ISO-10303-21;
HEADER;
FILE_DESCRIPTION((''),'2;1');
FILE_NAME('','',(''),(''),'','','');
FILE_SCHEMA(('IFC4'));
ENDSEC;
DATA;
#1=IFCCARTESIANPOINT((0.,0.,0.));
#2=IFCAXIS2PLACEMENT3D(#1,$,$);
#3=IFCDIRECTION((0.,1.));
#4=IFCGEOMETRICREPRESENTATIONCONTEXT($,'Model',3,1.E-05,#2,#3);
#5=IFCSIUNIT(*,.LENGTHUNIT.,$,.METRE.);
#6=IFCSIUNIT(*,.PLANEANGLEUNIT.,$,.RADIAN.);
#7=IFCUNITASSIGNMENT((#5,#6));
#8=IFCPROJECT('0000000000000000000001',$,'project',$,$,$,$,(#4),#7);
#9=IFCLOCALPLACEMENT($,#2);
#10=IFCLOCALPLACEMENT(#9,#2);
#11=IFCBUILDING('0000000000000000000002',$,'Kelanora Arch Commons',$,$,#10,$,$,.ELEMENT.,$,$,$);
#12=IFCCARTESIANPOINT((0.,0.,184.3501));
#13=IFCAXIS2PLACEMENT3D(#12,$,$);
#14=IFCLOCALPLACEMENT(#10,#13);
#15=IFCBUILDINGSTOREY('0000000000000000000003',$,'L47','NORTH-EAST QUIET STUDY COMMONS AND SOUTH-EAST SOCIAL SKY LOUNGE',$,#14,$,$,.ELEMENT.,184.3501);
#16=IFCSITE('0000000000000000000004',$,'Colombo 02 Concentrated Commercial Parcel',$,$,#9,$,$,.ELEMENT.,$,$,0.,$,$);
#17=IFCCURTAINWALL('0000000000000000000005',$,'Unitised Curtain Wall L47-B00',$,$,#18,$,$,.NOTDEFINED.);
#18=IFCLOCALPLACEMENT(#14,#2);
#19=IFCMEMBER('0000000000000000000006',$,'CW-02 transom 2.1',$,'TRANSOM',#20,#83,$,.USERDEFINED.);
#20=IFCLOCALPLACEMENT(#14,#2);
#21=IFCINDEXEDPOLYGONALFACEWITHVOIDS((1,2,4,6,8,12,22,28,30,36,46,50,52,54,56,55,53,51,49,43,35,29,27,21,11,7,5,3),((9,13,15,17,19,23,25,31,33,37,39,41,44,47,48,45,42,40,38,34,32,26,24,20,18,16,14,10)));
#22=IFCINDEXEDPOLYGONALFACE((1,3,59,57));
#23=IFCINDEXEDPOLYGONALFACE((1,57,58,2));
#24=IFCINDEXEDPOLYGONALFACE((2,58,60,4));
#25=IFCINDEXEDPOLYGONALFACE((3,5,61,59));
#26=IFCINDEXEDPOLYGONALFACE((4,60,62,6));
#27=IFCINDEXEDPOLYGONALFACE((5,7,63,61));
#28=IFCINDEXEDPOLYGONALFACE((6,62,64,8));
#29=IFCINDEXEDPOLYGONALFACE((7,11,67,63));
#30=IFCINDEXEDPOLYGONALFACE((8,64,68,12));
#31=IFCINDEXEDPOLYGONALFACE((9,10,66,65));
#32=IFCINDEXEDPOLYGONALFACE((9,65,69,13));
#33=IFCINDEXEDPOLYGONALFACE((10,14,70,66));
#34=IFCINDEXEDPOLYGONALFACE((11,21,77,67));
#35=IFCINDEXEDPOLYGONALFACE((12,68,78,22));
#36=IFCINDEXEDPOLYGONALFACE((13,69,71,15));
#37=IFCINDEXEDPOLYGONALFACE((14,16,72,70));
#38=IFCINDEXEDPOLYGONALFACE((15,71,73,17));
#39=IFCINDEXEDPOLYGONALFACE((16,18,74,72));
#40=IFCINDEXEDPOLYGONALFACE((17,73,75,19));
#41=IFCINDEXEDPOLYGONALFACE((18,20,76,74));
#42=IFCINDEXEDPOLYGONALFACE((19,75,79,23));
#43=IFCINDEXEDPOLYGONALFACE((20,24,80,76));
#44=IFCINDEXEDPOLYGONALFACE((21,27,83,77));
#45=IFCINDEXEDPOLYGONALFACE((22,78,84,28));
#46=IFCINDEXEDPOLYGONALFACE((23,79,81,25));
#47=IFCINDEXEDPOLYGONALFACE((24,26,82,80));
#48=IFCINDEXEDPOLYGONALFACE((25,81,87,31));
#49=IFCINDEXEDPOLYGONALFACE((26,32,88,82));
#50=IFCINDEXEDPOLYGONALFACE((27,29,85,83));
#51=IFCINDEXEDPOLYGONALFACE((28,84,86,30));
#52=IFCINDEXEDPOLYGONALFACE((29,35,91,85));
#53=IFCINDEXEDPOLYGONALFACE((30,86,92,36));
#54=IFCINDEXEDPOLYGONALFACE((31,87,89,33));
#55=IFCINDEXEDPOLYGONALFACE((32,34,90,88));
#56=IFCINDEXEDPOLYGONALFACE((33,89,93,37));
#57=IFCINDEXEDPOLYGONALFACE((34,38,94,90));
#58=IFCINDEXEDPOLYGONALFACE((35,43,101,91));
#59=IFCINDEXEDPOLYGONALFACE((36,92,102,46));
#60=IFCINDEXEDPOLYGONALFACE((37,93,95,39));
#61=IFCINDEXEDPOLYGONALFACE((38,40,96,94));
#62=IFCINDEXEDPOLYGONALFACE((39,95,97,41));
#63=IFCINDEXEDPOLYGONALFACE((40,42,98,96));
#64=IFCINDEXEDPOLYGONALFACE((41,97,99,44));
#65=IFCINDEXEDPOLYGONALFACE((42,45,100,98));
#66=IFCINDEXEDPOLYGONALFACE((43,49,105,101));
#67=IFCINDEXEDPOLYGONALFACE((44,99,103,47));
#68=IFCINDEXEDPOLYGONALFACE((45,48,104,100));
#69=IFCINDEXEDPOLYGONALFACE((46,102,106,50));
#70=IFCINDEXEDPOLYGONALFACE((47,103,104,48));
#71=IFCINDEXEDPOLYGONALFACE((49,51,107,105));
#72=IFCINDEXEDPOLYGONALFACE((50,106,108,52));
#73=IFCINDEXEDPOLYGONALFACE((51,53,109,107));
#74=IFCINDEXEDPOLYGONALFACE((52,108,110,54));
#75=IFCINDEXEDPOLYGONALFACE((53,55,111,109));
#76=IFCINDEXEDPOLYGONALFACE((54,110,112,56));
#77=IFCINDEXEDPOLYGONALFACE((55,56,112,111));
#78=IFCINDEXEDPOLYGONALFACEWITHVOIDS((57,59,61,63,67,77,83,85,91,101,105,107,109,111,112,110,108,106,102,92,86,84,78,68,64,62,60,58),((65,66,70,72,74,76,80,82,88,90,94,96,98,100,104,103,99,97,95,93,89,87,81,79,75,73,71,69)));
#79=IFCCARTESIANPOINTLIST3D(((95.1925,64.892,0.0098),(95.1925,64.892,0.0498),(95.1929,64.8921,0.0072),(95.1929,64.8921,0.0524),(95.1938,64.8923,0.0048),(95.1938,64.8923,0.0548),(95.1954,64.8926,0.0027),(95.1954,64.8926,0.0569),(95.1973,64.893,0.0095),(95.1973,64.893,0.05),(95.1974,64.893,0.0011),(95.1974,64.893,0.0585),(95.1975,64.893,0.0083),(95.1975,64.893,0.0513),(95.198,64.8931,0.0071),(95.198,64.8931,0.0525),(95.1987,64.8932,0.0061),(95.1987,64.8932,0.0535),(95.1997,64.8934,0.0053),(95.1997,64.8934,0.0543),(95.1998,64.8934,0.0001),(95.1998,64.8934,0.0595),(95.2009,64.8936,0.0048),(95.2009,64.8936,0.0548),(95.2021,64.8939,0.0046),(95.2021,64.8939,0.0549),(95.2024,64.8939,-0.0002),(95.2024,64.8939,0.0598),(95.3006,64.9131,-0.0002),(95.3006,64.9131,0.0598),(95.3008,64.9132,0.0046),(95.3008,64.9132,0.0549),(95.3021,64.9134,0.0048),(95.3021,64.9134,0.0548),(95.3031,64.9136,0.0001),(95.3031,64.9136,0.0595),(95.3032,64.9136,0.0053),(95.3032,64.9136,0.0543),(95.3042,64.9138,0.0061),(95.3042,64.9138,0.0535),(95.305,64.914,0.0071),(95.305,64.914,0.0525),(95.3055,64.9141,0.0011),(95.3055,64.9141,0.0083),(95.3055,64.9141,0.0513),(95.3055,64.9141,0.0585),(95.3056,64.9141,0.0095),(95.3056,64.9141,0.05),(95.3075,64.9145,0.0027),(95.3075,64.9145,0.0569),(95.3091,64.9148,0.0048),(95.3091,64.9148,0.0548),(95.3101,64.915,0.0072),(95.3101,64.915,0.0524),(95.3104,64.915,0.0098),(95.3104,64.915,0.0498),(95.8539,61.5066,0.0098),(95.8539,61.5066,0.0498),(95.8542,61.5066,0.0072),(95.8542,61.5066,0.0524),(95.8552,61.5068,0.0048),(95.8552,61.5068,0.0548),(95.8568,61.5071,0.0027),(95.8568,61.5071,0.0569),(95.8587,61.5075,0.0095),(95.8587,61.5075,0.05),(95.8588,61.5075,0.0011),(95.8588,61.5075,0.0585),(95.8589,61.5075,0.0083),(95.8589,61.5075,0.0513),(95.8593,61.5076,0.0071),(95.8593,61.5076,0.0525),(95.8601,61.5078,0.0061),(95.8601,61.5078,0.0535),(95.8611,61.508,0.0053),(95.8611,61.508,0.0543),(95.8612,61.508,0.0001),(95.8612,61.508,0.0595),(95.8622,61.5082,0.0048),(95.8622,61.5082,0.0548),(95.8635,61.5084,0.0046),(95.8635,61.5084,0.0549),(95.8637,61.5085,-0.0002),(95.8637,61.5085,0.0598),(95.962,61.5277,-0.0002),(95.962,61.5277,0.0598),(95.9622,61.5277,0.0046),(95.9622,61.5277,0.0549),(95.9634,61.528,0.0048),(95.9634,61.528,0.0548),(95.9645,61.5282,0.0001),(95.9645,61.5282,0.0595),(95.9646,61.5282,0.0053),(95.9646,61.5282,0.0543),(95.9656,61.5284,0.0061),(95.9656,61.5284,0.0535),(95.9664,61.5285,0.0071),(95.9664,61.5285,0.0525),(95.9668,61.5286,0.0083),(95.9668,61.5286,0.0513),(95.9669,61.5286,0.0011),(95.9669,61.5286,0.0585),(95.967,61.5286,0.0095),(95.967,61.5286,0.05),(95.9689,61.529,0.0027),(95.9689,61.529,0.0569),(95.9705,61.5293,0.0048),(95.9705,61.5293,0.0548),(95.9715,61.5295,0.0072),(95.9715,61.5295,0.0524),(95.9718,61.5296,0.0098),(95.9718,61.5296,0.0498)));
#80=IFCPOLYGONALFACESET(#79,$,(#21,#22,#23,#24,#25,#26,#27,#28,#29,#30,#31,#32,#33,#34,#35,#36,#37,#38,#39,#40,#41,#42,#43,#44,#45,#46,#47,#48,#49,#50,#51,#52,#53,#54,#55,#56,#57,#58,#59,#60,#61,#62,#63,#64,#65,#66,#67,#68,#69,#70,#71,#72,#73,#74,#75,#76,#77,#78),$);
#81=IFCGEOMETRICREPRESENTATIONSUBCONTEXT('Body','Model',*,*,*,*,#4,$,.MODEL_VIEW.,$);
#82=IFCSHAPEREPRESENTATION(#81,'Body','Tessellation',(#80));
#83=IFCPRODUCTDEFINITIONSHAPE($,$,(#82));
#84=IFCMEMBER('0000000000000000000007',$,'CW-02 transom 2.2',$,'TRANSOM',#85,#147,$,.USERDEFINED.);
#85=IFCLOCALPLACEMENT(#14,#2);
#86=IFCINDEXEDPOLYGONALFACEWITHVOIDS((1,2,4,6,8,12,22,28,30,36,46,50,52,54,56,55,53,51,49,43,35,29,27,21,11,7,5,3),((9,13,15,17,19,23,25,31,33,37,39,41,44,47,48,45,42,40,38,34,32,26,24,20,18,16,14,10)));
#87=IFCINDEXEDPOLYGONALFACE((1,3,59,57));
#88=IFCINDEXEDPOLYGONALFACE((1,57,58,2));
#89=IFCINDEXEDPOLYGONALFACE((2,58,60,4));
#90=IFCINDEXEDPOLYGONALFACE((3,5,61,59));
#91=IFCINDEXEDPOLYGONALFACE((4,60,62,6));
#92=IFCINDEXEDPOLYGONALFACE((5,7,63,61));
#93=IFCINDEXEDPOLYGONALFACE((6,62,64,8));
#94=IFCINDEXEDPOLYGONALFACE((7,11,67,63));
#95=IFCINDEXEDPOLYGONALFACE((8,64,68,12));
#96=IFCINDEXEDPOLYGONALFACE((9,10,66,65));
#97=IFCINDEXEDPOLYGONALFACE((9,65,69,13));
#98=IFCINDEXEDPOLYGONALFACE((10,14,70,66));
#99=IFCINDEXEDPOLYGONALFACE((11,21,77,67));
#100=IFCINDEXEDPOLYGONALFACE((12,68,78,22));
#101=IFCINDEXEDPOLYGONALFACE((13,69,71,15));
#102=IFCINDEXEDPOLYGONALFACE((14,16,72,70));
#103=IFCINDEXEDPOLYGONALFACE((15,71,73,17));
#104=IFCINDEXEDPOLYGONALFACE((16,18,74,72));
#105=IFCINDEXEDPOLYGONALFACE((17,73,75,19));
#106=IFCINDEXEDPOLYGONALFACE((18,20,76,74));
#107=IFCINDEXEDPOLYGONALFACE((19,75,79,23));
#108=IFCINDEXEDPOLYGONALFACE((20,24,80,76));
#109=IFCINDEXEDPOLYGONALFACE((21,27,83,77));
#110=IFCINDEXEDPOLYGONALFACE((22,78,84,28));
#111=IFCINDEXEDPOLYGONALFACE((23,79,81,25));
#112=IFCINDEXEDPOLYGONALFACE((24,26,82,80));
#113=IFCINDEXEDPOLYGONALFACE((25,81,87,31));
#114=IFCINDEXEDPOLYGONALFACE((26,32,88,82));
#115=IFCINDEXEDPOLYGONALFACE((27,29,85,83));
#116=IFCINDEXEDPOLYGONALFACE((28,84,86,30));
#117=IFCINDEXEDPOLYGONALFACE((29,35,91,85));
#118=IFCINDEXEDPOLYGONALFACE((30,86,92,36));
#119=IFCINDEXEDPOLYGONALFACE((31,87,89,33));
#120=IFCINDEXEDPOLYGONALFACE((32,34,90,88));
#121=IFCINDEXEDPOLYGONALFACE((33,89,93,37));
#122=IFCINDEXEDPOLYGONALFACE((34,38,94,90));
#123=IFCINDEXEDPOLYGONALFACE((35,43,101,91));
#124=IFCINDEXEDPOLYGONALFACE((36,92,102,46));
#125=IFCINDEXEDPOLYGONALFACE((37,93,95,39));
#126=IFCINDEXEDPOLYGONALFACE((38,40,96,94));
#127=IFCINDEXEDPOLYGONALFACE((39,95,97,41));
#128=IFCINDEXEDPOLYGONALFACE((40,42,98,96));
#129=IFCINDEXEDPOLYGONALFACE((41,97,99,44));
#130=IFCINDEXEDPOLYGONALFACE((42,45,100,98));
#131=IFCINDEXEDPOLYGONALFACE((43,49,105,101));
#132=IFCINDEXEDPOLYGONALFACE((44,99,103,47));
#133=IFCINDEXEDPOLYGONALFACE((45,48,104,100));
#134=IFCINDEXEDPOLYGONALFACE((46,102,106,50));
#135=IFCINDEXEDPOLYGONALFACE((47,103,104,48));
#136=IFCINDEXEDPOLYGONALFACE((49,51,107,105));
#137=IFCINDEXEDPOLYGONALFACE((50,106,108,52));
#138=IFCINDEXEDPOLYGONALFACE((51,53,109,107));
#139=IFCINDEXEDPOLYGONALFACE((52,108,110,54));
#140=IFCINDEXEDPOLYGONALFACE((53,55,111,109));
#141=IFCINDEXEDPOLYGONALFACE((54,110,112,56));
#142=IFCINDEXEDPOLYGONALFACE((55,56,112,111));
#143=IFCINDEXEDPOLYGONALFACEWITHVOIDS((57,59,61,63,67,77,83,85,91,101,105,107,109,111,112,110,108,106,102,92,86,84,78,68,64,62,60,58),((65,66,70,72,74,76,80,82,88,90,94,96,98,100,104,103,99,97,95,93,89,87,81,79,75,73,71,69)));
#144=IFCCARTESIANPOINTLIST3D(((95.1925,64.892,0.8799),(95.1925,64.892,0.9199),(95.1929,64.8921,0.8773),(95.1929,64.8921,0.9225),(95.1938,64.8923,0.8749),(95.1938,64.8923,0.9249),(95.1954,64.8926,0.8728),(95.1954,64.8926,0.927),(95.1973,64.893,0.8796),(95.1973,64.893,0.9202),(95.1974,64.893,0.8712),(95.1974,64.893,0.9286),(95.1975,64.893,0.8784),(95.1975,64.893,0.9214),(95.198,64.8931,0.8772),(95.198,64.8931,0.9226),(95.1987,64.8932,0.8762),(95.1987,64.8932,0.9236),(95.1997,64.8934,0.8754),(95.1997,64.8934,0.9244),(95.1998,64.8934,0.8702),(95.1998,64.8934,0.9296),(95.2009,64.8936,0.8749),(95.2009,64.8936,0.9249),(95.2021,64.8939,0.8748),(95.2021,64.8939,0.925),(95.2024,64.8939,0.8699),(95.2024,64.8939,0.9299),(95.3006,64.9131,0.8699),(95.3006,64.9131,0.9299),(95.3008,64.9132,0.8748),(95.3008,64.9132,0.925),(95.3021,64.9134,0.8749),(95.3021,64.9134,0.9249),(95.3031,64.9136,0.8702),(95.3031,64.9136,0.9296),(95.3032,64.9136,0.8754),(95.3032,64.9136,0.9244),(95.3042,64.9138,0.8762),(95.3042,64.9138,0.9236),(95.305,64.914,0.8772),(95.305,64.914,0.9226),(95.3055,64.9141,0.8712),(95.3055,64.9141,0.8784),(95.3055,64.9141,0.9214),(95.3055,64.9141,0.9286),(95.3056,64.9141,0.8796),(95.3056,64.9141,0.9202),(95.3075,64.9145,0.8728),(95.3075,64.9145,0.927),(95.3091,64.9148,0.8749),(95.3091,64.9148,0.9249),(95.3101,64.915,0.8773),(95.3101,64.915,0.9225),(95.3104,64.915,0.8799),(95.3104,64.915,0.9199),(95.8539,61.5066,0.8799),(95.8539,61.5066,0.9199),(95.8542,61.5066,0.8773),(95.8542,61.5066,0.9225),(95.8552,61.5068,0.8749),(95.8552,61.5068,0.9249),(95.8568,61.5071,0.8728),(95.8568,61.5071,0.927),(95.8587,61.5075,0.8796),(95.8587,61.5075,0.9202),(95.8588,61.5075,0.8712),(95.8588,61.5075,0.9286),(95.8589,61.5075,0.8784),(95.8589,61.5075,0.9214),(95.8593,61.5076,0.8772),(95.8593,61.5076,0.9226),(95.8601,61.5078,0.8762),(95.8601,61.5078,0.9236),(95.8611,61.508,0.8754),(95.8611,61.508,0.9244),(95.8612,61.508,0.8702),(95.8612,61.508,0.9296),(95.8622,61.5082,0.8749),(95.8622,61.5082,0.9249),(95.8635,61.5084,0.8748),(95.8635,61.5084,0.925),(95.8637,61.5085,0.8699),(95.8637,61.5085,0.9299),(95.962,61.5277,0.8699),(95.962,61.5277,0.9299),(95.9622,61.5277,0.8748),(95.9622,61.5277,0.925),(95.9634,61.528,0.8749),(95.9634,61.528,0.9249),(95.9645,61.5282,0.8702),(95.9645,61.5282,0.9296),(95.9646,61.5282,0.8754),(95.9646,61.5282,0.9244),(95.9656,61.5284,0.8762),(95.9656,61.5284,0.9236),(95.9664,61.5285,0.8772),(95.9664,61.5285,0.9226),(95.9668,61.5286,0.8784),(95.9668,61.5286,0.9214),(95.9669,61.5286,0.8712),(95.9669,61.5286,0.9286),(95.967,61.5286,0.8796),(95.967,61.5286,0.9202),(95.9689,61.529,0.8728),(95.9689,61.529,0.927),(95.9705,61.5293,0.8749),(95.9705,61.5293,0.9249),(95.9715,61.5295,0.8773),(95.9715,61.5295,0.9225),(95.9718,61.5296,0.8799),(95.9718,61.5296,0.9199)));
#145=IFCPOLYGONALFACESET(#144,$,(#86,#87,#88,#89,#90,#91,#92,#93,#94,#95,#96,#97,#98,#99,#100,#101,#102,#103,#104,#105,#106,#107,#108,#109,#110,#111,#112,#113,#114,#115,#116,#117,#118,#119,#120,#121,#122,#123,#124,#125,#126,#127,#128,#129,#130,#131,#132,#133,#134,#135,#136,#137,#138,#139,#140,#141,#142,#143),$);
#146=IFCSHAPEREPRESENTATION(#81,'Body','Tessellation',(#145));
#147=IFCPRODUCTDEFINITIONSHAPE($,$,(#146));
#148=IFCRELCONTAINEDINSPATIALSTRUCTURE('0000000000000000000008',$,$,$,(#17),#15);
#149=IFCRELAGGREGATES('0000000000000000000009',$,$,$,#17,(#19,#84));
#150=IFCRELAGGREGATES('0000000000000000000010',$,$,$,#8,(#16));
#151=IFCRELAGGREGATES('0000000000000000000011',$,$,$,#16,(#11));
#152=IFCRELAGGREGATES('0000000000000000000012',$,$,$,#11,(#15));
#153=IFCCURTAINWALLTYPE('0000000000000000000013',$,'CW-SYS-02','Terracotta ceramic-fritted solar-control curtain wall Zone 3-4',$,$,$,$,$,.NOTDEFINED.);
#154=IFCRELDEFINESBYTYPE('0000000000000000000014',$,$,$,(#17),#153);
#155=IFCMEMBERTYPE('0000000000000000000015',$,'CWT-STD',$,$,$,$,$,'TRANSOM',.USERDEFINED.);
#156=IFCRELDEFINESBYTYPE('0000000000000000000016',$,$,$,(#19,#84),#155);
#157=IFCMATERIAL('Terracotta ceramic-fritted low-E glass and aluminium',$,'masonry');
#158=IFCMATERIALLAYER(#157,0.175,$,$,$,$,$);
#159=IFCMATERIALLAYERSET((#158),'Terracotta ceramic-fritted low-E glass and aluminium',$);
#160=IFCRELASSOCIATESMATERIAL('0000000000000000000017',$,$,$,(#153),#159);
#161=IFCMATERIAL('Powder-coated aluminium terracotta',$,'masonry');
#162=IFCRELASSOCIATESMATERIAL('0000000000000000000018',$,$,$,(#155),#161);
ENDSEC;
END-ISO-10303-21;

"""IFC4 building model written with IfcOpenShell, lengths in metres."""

from ifc_helpers import new_model, si_unit, direction, frame, origin, origin_2d, place, context, subcontext, project, spatial, hollow_rectangle, extrude, material, layer, layer_set, material_profile, profile_set, type_object, element, aggregate, save


model = new_model("IFC4")

# Units and contexts
model_context = context("Model", 3, precision=1e-05, world=origin(), true_north=direction((0.0, 1.0)))
body_context = subcontext(model_context, "Body", "Model", "MODEL_VIEW")
ifc_project = project(units=[si_unit("LENGTHUNIT", "METRE"), si_unit("PLANEANGLEUNIT", "RADIAN")], contexts=[model_context])

# Site, building, storey
site_placement = place(None, origin())
site = spatial("IfcSite", under=ifc_project, at=site_placement, Name="Colombo 02 Concentrated Commercial Parcel", CompositionType="ELEMENT", RefElevation=0.0)
building_placement = place(site_placement, origin())
building = spatial("IfcBuilding", under=site, at=building_placement, Name="Kelanora Arch Commons", CompositionType="ELEMENT")
storey_placement = place(building_placement, frame((0.0, 0.0, 184.3501)))
storey = spatial("IfcBuildingStorey", under=building, at=storey_placement, Name="L47", Description="NORTH-EAST QUIET STUDY COMMONS AND SOUTH-EAST SOCIAL SKY LOUNGE", CompositionType="ELEMENT", Elevation=184.3501)

# Curtain wall, members
ifc_material_1 = material(Name="Terracotta ceramic-fritted low-E glass and aluminium", Category="masonry")
ifc_layer_1 = layer(ifc_material_1, 0.175)
ifc_layer_set_1 = layer_set([ifc_layer_1], Name="Terracotta ceramic-fritted low-E glass and aluminium")
curtain_wall_type = type_object("IfcCurtainWallType", Name="CW-SYS-02", Description="Terracotta ceramic-fritted solar-control curtain wall Zone 3-4", PredefinedType="NOTDEFINED", material=ifc_layer_set_1)
curtain_wall_placement = place(storey_placement, origin())
curtain_wall = element("IfcCurtainWall", 1, at=curtain_wall_placement, inside=storey, type_object=curtain_wall_type, Name="Unitised Curtain Wall L47-B00", PredefinedType="NOTDEFINED")
ifc_material_2 = material(Name="Powder-coated aluminium terracotta", Category="masonry")
ifc_material_profile_1 = material_profile(ifc_material_2, hollow_rectangle(XDim=0.1201, YDim=0.0601, WallThickness=0.0049, InnerFilletRadius=0.0049, OuterFilletRadius=0.01, at=origin_2d()), Name="CWT120x60")
ifc_profile_set_1 = profile_set([ifc_material_profile_1], Name="Powder-coated aluminium terracotta")
member_type_1 = type_object("IfcMemberType", Name="CWT-STD", ElementType="TRANSOM", PredefinedType="USERDEFINED", material=ifc_profile_set_1)
member_1_placement = place(storey_placement, frame((95.9128, 61.5181, 0.0298), z_axis=(-0.191732, 0.981447, 0.0), x_axis=(-0.981447, -0.191732, 0.0)))
member_1 = element("IfcMember", 2, at=member_1_placement, type_object=member_type_1, Name="CW-02 transom 2.1", ObjectType="TRANSOM", PredefinedType="USERDEFINED", context=body_context, shape_type="SweptSolid", body=[
    extrude(hollow_rectangle(XDim=0.1201, YDim=0.0601, WallThickness=0.0049, InnerFilletRadius=0.0049, OuterFilletRadius=0.01, at=origin_2d()), origin(), (0.0, 0.0, 1.0), 3.4495),
])
member_2_placement = place(storey_placement, frame((95.9128, 61.5181, 0.8999), z_axis=(-0.191732, 0.981447, 0.0), x_axis=(-0.981447, -0.191732, 0.0)))
member_2 = element("IfcMember", 3, at=member_2_placement, type_object=member_type_1, Name="CW-02 transom 2.2", ObjectType="TRANSOM", PredefinedType="USERDEFINED", context=body_context, shape_type="SweptSolid", body=[
    extrude(hollow_rectangle(XDim=0.1201, YDim=0.0601, WallThickness=0.0049, InnerFilletRadius=0.0049, OuterFilletRadius=0.01, at=origin_2d()), origin(), (0.0, 0.0, 1.0), 3.4495),
])
aggregate(curtain_wall, [member_1, member_2])

save(model, "model.ifc")
